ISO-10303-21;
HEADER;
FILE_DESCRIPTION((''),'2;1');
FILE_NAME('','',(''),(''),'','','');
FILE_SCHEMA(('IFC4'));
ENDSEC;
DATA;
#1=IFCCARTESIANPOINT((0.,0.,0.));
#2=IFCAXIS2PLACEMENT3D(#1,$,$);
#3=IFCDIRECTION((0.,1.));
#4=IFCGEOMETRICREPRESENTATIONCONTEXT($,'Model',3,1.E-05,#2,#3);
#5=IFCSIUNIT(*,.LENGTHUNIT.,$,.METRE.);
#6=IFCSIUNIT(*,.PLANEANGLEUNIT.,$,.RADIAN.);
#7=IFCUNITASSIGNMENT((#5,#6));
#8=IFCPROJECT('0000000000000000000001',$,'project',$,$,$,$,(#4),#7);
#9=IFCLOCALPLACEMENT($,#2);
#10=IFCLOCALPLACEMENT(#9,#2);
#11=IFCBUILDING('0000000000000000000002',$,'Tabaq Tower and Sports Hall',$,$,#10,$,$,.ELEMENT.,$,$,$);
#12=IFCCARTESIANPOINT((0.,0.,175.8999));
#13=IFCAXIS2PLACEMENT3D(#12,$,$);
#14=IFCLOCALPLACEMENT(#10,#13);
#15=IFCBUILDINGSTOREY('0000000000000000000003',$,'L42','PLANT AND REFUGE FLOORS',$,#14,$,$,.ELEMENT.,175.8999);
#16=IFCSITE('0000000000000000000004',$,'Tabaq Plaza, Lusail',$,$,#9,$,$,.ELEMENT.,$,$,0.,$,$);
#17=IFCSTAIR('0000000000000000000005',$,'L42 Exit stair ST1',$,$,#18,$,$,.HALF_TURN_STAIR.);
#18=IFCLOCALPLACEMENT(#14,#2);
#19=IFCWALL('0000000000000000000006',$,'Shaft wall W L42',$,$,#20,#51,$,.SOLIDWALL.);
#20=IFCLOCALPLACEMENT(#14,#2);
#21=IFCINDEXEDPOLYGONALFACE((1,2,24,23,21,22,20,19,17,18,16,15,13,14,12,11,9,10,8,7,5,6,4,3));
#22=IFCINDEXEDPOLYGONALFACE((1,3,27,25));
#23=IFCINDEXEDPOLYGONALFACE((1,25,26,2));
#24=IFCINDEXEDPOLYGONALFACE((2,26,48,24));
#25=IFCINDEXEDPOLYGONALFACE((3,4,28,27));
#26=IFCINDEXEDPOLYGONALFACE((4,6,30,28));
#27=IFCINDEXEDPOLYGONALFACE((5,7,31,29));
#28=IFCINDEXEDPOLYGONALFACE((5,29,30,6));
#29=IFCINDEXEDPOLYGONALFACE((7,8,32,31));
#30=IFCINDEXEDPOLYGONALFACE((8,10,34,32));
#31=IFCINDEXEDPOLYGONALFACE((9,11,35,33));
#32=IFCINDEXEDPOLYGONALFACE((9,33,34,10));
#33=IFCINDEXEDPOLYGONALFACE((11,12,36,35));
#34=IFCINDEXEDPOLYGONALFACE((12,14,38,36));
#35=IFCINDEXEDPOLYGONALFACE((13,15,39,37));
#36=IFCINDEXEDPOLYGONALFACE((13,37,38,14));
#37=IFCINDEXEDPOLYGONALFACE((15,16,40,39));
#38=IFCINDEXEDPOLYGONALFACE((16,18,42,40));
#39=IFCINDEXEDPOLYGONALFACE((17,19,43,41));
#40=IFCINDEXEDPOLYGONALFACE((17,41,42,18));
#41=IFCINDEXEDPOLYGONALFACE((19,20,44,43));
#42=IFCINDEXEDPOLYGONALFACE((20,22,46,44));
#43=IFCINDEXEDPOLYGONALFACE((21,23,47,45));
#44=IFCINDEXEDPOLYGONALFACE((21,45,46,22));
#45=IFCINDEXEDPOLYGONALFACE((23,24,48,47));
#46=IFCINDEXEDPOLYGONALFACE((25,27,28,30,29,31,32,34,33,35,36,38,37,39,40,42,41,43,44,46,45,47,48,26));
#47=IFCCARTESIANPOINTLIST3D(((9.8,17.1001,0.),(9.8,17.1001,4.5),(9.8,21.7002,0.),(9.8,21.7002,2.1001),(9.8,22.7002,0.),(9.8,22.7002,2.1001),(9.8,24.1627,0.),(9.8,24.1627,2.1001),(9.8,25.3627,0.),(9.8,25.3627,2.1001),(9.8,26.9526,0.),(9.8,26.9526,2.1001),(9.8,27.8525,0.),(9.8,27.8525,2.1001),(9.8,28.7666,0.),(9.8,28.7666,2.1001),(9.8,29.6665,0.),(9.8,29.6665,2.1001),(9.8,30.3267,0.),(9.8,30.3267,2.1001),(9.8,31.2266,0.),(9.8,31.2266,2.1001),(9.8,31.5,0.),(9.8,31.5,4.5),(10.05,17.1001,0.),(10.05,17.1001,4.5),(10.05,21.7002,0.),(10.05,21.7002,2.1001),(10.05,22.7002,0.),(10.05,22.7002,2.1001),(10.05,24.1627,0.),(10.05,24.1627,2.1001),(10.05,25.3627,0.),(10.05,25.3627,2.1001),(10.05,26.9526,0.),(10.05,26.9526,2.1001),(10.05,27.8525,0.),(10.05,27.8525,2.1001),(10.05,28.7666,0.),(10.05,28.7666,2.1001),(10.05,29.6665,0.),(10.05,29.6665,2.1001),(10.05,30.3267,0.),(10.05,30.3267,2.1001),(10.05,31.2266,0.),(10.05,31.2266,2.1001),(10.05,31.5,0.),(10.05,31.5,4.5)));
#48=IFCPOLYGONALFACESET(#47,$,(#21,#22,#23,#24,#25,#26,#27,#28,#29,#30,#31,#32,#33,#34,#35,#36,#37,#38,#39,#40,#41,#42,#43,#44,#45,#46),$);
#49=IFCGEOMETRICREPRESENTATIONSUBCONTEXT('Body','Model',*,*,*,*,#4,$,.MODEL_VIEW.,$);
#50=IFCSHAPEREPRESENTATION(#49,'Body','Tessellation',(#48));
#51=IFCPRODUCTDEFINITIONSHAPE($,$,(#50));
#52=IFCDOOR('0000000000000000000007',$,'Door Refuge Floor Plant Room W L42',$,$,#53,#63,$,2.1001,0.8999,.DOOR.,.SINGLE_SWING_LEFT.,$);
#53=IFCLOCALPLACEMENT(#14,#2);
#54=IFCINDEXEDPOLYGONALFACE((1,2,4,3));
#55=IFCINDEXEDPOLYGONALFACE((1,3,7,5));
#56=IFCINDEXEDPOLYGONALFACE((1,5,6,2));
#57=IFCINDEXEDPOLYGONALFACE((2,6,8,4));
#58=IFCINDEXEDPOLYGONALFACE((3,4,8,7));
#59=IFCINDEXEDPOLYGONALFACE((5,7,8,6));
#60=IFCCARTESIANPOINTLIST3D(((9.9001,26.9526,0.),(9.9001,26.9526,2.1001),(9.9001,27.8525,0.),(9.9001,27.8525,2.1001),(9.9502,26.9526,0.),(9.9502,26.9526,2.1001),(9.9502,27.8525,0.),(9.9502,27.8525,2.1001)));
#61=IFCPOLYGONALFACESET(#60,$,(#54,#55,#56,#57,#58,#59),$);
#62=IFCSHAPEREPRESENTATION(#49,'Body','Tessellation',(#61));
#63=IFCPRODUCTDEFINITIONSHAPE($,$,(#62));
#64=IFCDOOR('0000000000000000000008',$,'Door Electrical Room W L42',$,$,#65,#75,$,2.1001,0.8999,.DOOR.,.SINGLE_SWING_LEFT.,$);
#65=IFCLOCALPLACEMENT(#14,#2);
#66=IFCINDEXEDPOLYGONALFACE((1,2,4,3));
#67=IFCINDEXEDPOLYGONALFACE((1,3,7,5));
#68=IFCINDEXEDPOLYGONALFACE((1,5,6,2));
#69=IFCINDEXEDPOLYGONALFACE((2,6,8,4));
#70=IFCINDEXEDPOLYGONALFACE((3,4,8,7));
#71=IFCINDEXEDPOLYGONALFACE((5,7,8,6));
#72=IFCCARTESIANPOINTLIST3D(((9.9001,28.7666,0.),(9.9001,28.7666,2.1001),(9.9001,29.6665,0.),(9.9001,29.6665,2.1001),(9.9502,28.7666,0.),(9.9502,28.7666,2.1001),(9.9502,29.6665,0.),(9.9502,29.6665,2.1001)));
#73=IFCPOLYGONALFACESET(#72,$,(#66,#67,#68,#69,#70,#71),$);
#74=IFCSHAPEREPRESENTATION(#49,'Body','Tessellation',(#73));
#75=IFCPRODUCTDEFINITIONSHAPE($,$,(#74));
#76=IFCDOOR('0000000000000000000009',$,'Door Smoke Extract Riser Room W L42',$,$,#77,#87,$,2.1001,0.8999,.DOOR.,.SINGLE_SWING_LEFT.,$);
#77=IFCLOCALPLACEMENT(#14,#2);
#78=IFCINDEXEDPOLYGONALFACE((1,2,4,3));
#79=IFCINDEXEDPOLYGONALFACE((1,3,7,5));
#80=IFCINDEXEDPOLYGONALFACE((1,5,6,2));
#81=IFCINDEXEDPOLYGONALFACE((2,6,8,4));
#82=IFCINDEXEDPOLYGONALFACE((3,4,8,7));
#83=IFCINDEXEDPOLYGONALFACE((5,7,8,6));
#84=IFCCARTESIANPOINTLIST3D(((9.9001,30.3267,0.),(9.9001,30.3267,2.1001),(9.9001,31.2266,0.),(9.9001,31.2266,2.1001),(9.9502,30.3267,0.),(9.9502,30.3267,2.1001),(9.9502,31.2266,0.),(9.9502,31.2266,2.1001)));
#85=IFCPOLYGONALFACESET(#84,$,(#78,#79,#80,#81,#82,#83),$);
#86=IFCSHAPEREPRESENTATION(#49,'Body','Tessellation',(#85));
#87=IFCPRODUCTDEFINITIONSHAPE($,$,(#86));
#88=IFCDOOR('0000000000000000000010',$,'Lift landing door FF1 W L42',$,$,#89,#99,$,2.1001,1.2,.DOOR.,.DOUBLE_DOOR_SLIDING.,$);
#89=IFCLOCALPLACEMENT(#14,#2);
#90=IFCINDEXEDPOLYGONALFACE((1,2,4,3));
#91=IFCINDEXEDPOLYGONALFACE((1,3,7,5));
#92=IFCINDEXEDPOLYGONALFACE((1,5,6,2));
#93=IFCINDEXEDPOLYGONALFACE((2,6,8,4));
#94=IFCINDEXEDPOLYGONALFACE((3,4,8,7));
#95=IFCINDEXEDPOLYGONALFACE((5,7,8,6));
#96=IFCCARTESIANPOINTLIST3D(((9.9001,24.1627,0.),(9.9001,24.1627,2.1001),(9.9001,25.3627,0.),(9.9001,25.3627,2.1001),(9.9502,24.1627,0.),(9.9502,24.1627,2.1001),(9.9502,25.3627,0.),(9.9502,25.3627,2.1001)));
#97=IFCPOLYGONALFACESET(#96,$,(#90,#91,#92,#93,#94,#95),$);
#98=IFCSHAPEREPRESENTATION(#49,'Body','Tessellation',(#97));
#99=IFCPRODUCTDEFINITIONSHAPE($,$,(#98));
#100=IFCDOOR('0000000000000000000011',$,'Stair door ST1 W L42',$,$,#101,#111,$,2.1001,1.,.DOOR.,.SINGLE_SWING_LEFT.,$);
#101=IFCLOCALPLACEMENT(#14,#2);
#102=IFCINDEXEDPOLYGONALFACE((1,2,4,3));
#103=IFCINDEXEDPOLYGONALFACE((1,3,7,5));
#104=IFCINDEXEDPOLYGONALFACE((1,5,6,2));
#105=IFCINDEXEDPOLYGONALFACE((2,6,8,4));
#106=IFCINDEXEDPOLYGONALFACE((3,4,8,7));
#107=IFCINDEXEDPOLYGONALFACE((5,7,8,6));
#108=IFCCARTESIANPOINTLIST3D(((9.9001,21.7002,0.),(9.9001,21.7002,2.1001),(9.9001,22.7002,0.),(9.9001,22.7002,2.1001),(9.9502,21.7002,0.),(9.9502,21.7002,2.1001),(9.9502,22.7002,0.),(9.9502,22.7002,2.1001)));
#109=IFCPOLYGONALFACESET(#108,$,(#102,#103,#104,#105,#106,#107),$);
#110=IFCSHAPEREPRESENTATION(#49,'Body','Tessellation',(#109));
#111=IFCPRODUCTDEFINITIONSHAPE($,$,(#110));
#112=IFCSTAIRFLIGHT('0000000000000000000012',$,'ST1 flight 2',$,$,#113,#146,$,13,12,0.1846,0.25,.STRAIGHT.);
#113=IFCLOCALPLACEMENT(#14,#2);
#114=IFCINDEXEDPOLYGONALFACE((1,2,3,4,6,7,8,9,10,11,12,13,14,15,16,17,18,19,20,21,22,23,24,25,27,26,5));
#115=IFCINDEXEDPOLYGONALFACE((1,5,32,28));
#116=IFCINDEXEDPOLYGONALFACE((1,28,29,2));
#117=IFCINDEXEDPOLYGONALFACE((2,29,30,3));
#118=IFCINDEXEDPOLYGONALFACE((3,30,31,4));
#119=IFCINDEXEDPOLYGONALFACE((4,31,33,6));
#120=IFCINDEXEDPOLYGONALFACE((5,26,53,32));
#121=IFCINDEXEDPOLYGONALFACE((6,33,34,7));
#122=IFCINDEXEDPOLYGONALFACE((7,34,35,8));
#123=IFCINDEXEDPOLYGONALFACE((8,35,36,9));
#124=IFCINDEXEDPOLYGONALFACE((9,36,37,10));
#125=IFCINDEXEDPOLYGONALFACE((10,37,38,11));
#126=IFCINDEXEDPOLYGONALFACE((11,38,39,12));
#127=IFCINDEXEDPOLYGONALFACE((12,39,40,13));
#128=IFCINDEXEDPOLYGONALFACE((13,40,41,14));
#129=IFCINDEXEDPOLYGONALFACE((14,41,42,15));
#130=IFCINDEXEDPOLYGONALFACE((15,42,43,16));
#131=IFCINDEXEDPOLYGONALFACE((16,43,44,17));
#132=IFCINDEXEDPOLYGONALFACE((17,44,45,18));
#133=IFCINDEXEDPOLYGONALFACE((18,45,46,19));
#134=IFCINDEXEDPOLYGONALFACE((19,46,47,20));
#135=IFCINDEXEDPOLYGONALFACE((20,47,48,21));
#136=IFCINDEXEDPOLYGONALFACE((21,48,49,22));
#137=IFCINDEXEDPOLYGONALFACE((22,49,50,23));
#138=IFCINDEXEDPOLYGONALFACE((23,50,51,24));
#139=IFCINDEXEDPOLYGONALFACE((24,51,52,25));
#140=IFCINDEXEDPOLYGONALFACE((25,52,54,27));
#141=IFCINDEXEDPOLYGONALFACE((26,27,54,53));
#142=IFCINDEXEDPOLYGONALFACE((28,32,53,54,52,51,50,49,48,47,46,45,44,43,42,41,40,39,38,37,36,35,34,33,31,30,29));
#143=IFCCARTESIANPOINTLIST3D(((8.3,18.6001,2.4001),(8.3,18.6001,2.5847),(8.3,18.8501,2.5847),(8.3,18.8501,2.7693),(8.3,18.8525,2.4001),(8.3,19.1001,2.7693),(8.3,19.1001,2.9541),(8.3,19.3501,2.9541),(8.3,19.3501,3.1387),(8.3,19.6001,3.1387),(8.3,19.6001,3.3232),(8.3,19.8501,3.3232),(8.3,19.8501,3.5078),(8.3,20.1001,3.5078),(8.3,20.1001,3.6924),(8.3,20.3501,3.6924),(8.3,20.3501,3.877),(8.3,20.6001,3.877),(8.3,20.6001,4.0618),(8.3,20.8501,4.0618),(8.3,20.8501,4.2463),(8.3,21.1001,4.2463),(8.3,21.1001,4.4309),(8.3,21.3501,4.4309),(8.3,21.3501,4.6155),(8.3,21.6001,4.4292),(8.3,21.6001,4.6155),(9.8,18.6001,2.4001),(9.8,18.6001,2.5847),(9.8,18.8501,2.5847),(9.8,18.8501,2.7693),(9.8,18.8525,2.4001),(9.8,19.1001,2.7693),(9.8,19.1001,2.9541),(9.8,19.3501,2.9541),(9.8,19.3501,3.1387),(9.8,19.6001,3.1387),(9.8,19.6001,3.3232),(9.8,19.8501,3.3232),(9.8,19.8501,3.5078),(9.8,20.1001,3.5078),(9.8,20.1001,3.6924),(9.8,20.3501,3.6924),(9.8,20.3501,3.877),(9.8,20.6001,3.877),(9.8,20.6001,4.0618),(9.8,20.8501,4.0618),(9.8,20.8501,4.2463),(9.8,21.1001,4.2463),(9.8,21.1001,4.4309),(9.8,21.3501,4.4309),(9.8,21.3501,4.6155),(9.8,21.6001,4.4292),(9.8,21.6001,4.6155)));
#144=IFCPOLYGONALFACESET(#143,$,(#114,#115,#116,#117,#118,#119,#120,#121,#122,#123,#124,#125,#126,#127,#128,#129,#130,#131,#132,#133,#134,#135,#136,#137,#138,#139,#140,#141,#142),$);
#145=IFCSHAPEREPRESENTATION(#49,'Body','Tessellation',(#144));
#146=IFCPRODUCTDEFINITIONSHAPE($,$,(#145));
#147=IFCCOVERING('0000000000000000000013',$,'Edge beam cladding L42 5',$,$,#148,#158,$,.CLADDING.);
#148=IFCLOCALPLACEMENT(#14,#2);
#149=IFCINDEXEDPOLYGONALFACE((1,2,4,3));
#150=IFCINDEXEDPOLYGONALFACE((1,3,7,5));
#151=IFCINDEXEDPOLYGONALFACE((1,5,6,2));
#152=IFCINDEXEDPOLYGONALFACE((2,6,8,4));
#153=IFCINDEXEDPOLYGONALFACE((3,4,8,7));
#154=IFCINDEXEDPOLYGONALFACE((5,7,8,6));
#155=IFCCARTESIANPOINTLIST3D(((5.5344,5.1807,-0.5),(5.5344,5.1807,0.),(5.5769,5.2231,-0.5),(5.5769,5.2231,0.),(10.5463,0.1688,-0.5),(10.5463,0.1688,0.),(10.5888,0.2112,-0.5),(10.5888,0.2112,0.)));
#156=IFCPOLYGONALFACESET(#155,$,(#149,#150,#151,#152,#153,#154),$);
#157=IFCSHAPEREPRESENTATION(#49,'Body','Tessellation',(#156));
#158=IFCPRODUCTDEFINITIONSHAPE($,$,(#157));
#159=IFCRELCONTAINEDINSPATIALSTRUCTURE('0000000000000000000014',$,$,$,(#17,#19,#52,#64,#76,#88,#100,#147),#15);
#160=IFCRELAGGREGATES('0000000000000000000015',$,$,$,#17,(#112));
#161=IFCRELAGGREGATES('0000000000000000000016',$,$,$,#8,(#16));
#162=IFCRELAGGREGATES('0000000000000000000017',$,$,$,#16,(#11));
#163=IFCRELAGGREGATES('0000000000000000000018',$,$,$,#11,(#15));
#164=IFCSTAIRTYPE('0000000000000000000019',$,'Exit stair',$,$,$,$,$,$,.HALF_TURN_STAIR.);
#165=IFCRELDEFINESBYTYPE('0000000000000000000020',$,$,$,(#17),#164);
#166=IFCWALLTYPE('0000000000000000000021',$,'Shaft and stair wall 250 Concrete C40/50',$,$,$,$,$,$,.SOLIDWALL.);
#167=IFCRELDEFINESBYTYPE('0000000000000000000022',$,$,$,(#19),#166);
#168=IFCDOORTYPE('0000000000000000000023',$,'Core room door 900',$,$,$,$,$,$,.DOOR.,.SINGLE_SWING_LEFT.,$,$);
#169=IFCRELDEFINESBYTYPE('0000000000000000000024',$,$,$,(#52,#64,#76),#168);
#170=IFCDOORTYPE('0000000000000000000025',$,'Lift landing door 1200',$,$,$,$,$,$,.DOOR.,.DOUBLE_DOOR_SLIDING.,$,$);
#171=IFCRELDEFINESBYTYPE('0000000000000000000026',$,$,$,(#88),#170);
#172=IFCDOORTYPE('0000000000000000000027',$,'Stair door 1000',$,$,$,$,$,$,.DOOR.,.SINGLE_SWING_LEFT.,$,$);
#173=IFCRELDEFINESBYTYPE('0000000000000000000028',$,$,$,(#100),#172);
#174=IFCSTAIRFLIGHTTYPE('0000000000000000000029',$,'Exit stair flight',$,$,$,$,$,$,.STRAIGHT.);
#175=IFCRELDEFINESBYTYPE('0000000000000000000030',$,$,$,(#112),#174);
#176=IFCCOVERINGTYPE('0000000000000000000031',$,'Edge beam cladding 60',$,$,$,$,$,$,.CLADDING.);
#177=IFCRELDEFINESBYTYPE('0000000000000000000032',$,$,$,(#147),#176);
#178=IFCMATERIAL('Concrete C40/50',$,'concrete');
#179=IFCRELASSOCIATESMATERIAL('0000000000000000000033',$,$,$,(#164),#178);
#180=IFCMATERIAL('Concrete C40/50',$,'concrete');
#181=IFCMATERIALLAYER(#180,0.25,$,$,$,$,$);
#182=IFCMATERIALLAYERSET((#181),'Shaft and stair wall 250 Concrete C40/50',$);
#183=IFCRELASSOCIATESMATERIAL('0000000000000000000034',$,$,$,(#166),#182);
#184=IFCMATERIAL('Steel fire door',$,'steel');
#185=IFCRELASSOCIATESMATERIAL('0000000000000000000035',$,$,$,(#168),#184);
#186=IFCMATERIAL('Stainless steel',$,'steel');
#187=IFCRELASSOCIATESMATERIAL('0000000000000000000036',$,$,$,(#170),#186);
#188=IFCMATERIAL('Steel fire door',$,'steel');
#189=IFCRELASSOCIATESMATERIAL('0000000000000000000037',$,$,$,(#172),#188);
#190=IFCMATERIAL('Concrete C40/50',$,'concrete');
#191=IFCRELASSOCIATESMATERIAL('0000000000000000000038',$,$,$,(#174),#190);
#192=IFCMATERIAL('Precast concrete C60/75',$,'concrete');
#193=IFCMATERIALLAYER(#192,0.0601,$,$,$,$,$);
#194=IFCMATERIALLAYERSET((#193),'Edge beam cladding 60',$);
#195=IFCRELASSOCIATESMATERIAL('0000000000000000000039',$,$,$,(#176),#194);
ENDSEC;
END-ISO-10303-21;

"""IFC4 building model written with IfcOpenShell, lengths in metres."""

from ifc_helpers import new_model, si_unit, direction, frame, frame_2d, origin, place, context, subcontext, project, spatial, polyline, rectangle, outline, extrude, material, layer, layer_set, type_object, element, fill, aggregate, save


model = new_model("IFC4")

# Units and contexts
model_context = context("Model", 3, precision=1e-05, world=origin(), true_north=direction((0.0, 1.0)))
body_context = subcontext(model_context, "Body", "Model", "MODEL_VIEW")
ifc_project = project(units=[si_unit("LENGTHUNIT", "METRE"), si_unit("PLANEANGLEUNIT", "RADIAN")], contexts=[model_context])

# Site, building, storey
site_placement = place(None, origin())
site = spatial("IfcSite", under=ifc_project, at=site_placement, Name="Tabaq Plaza, Lusail", CompositionType="ELEMENT", RefElevation=0.0)
building_placement = place(site_placement, origin())
building = spatial("IfcBuilding", under=site, at=building_placement, Name="Tabaq Tower and Sports Hall", CompositionType="ELEMENT")
storey_placement = place(building_placement, frame((0.0, 0.0, 175.8999)))
storey = spatial("IfcBuildingStorey", under=building, at=storey_placement, Name="L42", Description="PLANT AND REFUGE FLOORS", CompositionType="ELEMENT", Elevation=175.8999)

# Stair
ifc_material_1 = material(Name="Concrete C40/50", Category="concrete")
stair_type = type_object("IfcStairType", Name="Exit stair", PredefinedType="HALF_TURN_STAIR", material=ifc_material_1)
stair_1_placement = place(storey_placement, origin())
stair_1 = element("IfcStair", 1, at=stair_1_placement, inside=storey, type_object=stair_type, Name="L42 Exit stair ST1", PredefinedType="HALF_TURN_STAIR")

# Wall, openings, doors
ifc_material_2 = material(Name="Concrete C40/50", Category="concrete")
ifc_layer_1 = layer(ifc_material_2, 0.25)
ifc_layer_set_1 = layer_set([ifc_layer_1], Name="Shaft and stair wall 250 Concrete C40/50")
wall_type_1 = type_object("IfcWallType", Name="Shaft and stair wall 250 Concrete C40/50", PredefinedType="SOLIDWALL", material=ifc_layer_set_1)
wall_1_placement = place(storey_placement, frame((9.925, 17.1001, 0.0), z_axis=(0.0, 0.0, 1.0), x_axis=(0.0, 1.0, 0.0)))
wall_1 = element("IfcWall", 2, at=wall_1_placement, inside=storey, type_object=wall_type_1, Name="Shaft wall W L42", PredefinedType="SOLIDWALL", context=body_context, shape_type="SweptSolid", body=[
    extrude(rectangle(XDim=14.3999, YDim=0.25, at=frame_2d((7.2, 0.0))), origin(), (0.0, 0.0, 1.0), 4.5),
])
opening_1_placement = place(wall_1_placement, frame((4.6001, 0.0, 0.0)))
opening_1 = element("IfcOpeningElement", 3, at=opening_1_placement, cuts=wall_1, PredefinedType="OPENING", context=body_context, shape_type="SweptSolid", body=[
    extrude(rectangle(XDim=1.0, YDim=2.1001, at=frame_2d((0.5, 1.05))), frame((0.0, 0.125, 0.0), z_axis=(0.0, -1.0, 0.0), x_axis=(1.0, 0.0, 0.0)), (0.0, 0.0, 1.0), 0.25),
])
opening_2_placement = place(wall_1_placement, frame((7.0625, 0.0, 0.0)))
opening_2 = element("IfcOpeningElement", 4, at=opening_2_placement, cuts=wall_1, PredefinedType="OPENING", context=body_context, shape_type="SweptSolid", body=[
    extrude(rectangle(XDim=1.2, YDim=2.1001, at=frame_2d((0.6001, 1.05))), frame((0.0, 0.125, 0.0), z_axis=(0.0, -1.0, 0.0), x_axis=(1.0, 0.0, 0.0)), (0.0, 0.0, 1.0), 0.25),
])
opening_3_placement = place(wall_1_placement, frame((9.8525, 0.0, 0.0)))
opening_3 = element("IfcOpeningElement", 5, at=opening_3_placement, cuts=wall_1, PredefinedType="OPENING", context=body_context, shape_type="SweptSolid", body=[
    extrude(rectangle(XDim=0.8999, YDim=2.1001, at=frame_2d((0.45, 1.05))), frame((0.0, 0.125, 0.0), z_axis=(0.0, -1.0, 0.0), x_axis=(1.0, 0.0, 0.0)), (0.0, 0.0, 1.0), 0.25),
])
opening_4_placement = place(wall_1_placement, frame((11.6665, 0.0, 0.0)))
opening_4 = element("IfcOpeningElement", 6, at=opening_4_placement, cuts=wall_1, PredefinedType="OPENING", context=body_context, shape_type="SweptSolid", body=[
    extrude(rectangle(XDim=0.8999, YDim=2.1001, at=frame_2d((0.45, 1.05))), frame((0.0, 0.125, 0.0), z_axis=(0.0, -1.0, 0.0), x_axis=(1.0, 0.0, 0.0)), (0.0, 0.0, 1.0), 0.25),
])
opening_5_placement = place(wall_1_placement, frame((13.2266, 0.0, 0.0)))
opening_5 = element("IfcOpeningElement", 7, at=opening_5_placement, cuts=wall_1, PredefinedType="OPENING", context=body_context, shape_type="SweptSolid", body=[
    extrude(rectangle(XDim=0.8999, YDim=2.1001, at=frame_2d((0.45, 1.05))), frame((0.0, 0.125, 0.0), z_axis=(0.0, -1.0, 0.0), x_axis=(1.0, 0.0, 0.0)), (0.0, 0.0, 1.0), 0.25),
])
ifc_material_3 = material(Name="Steel fire door", Category="steel")
door_type_1 = type_object("IfcDoorType", Name="Core room door 900", OperationType="SINGLE_SWING_LEFT", PredefinedType="DOOR", material=ifc_material_3)
door_1_placement = place(opening_3_placement, origin())
door_1 = element("IfcDoor", 8, at=door_1_placement, inside=storey, type_object=door_type_1, Name="Door Refuge Floor Plant Room W L42", OperationType="SINGLE_SWING_LEFT", OverallHeight=2.1001, OverallWidth=0.8999, PredefinedType="DOOR", context=body_context, shape_type="SweptSolid", body=[
    extrude(rectangle(XDim=0.8999, YDim=2.1001, at=frame_2d((0.45, 1.05))), frame((0.0, 0.0249, 0.0), z_axis=(0.0, -1.0, 0.0), x_axis=(1.0, 0.0, 0.0)), (0.0, 0.0, 1.0), 0.05),
])
fill(opening_3, door_1)
door_2_placement = place(opening_4_placement, origin())
door_2 = element("IfcDoor", 9, at=door_2_placement, inside=storey, type_object=door_type_1, Name="Door Electrical Room W L42", OperationType="SINGLE_SWING_LEFT", OverallHeight=2.1001, OverallWidth=0.8999, PredefinedType="DOOR", context=body_context, shape_type="SweptSolid", body=[
    extrude(rectangle(XDim=0.8999, YDim=2.1001, at=frame_2d((0.45, 1.05))), frame((0.0, 0.0249, 0.0), z_axis=(0.0, -1.0, 0.0), x_axis=(1.0, 0.0, 0.0)), (0.0, 0.0, 1.0), 0.05),
])
fill(opening_4, door_2)
door_3_placement = place(opening_5_placement, origin())
door_3 = element("IfcDoor", 10, at=door_3_placement, inside=storey, type_object=door_type_1, Name="Door Smoke Extract Riser Room W L42", OperationType="SINGLE_SWING_LEFT", OverallHeight=2.1001, OverallWidth=0.8999, PredefinedType="DOOR", context=body_context, shape_type="SweptSolid", body=[
    extrude(rectangle(XDim=0.8999, YDim=2.1001, at=frame_2d((0.45, 1.05))), frame((0.0, 0.0249, 0.0), z_axis=(0.0, -1.0, 0.0), x_axis=(1.0, 0.0, 0.0)), (0.0, 0.0, 1.0), 0.05),
])
fill(opening_5, door_3)
ifc_material_4 = material(Name="Stainless steel", Category="steel")
door_type_2 = type_object("IfcDoorType", Name="Lift landing door 1200", OperationType="DOUBLE_DOOR_SLIDING", PredefinedType="DOOR", material=ifc_material_4)
door_4_placement = place(opening_2_placement, origin())
door_4 = element("IfcDoor", 11, at=door_4_placement, inside=storey, type_object=door_type_2, Name="Lift landing door FF1 W L42", OperationType="DOUBLE_DOOR_SLIDING", OverallHeight=2.1001, OverallWidth=1.2, PredefinedType="DOOR", context=body_context, shape_type="SweptSolid", body=[
    extrude(rectangle(XDim=1.2, YDim=2.1001, at=frame_2d((0.6001, 1.05))), frame((0.0, 0.0249, 0.0), z_axis=(0.0, -1.0, 0.0), x_axis=(1.0, 0.0, 0.0)), (0.0, 0.0, 1.0), 0.05),
])
fill(opening_2, door_4)
ifc_material_5 = material(Name="Steel fire door", Category="steel")
door_type_3 = type_object("IfcDoorType", Name="Stair door 1000", OperationType="SINGLE_SWING_LEFT", PredefinedType="DOOR", material=ifc_material_5)
door_5_placement = place(opening_1_placement, origin())
door_5 = element("IfcDoor", 12, at=door_5_placement, inside=storey, type_object=door_type_3, Name="Stair door ST1 W L42", OperationType="SINGLE_SWING_LEFT", OverallHeight=2.1001, OverallWidth=1.0, PredefinedType="DOOR", context=body_context, shape_type="SweptSolid", body=[
    extrude(rectangle(XDim=1.0, YDim=2.1001, at=frame_2d((0.5, 1.05))), frame((0.0, 0.0249, 0.0), z_axis=(0.0, -1.0, 0.0), x_axis=(1.0, 0.0, 0.0)), (0.0, 0.0, 1.0), 0.05),
])
fill(opening_1, door_5)

# Stair flight
ifc_material_6 = material(Name="Concrete C40/50", Category="concrete")
stair_flight_type = type_object("IfcStairFlightType", Name="Exit stair flight", PredefinedType="STRAIGHT", material=ifc_material_6)
stair_flight_placement = place(storey_placement, frame((9.05, 18.6001, 2.4001), z_axis=(0.0, 0.0, 1.0), x_axis=(0.0, 1.0, 0.0)))
stair_flight = element("IfcStairFlight", 13, at=stair_flight_placement, type_object=stair_flight_type, Name="ST1 flight 2", NumberOfRisers=13, NumberOfTreads=12, PredefinedType="STRAIGHT", RiserHeight=0.1846, TreadLength=0.25, context=body_context, shape_type="SweptSolid", body=[
    extrude(outline(polyline([(0.0, 0.0), (0.0, 0.1846), (0.25, 0.1846), (0.25, 0.3691), (0.5, 0.3691), (0.5, 0.554), (0.75, 0.554), (0.75, 0.7385), (1.0, 0.7385), (1.0, 0.9231), (1.25, 0.9231), (1.25, 1.1077), (1.5, 1.1077), (1.5, 1.2922), (1.75, 1.2922), (1.75, 1.4768), (2.0, 1.4768), (2.0, 1.6616), (2.25, 1.6616), (2.25, 1.8462), (2.5, 1.8462), (2.5, 2.0308), (2.75, 2.0308), (2.75, 2.2153), (3.0, 2.2153), (3.0, 2.3999), (3.0, 2.0291), (0.2524, 0.0), (0.0, 0.0)])), frame((0.0, 0.75, 0.0), z_axis=(0.0, -1.0, 0.0), x_axis=(1.0, 0.0, 0.0)), (0.0, 0.0, 1.0), 1.5),
])
aggregate(stair_1, [stair_flight])

# Covering
ifc_material_7 = material(Name="Precast concrete C60/75", Category="concrete")
ifc_layer_2 = layer(ifc_material_7, 0.0601)
ifc_layer_set_2 = layer_set([ifc_layer_2], Name="Edge beam cladding 60")
covering_type_1 = type_object("IfcCoveringType", Name="Edge beam cladding 60", PredefinedType="CLADDING", material=ifc_layer_set_2)
covering_placement = place(storey_placement, frame((5.5557, 5.2019, -0.5), z_axis=(0.0, 0.0, 1.0), x_axis=(0.707107, -0.707107, 0.0)))
element("IfcCovering", 14, at=covering_placement, inside=storey, type_object=covering_type_1, Name="Edge beam cladding L42 5", PredefinedType="CLADDING", context=body_context, shape_type="SweptSolid", body=[
    extrude(rectangle(XDim=7.0879, YDim=0.0601, at=frame_2d((3.5439, 0.0))), origin(), (0.0, 0.0, 1.0), 0.5),
])

save(model, "model.ifc")
